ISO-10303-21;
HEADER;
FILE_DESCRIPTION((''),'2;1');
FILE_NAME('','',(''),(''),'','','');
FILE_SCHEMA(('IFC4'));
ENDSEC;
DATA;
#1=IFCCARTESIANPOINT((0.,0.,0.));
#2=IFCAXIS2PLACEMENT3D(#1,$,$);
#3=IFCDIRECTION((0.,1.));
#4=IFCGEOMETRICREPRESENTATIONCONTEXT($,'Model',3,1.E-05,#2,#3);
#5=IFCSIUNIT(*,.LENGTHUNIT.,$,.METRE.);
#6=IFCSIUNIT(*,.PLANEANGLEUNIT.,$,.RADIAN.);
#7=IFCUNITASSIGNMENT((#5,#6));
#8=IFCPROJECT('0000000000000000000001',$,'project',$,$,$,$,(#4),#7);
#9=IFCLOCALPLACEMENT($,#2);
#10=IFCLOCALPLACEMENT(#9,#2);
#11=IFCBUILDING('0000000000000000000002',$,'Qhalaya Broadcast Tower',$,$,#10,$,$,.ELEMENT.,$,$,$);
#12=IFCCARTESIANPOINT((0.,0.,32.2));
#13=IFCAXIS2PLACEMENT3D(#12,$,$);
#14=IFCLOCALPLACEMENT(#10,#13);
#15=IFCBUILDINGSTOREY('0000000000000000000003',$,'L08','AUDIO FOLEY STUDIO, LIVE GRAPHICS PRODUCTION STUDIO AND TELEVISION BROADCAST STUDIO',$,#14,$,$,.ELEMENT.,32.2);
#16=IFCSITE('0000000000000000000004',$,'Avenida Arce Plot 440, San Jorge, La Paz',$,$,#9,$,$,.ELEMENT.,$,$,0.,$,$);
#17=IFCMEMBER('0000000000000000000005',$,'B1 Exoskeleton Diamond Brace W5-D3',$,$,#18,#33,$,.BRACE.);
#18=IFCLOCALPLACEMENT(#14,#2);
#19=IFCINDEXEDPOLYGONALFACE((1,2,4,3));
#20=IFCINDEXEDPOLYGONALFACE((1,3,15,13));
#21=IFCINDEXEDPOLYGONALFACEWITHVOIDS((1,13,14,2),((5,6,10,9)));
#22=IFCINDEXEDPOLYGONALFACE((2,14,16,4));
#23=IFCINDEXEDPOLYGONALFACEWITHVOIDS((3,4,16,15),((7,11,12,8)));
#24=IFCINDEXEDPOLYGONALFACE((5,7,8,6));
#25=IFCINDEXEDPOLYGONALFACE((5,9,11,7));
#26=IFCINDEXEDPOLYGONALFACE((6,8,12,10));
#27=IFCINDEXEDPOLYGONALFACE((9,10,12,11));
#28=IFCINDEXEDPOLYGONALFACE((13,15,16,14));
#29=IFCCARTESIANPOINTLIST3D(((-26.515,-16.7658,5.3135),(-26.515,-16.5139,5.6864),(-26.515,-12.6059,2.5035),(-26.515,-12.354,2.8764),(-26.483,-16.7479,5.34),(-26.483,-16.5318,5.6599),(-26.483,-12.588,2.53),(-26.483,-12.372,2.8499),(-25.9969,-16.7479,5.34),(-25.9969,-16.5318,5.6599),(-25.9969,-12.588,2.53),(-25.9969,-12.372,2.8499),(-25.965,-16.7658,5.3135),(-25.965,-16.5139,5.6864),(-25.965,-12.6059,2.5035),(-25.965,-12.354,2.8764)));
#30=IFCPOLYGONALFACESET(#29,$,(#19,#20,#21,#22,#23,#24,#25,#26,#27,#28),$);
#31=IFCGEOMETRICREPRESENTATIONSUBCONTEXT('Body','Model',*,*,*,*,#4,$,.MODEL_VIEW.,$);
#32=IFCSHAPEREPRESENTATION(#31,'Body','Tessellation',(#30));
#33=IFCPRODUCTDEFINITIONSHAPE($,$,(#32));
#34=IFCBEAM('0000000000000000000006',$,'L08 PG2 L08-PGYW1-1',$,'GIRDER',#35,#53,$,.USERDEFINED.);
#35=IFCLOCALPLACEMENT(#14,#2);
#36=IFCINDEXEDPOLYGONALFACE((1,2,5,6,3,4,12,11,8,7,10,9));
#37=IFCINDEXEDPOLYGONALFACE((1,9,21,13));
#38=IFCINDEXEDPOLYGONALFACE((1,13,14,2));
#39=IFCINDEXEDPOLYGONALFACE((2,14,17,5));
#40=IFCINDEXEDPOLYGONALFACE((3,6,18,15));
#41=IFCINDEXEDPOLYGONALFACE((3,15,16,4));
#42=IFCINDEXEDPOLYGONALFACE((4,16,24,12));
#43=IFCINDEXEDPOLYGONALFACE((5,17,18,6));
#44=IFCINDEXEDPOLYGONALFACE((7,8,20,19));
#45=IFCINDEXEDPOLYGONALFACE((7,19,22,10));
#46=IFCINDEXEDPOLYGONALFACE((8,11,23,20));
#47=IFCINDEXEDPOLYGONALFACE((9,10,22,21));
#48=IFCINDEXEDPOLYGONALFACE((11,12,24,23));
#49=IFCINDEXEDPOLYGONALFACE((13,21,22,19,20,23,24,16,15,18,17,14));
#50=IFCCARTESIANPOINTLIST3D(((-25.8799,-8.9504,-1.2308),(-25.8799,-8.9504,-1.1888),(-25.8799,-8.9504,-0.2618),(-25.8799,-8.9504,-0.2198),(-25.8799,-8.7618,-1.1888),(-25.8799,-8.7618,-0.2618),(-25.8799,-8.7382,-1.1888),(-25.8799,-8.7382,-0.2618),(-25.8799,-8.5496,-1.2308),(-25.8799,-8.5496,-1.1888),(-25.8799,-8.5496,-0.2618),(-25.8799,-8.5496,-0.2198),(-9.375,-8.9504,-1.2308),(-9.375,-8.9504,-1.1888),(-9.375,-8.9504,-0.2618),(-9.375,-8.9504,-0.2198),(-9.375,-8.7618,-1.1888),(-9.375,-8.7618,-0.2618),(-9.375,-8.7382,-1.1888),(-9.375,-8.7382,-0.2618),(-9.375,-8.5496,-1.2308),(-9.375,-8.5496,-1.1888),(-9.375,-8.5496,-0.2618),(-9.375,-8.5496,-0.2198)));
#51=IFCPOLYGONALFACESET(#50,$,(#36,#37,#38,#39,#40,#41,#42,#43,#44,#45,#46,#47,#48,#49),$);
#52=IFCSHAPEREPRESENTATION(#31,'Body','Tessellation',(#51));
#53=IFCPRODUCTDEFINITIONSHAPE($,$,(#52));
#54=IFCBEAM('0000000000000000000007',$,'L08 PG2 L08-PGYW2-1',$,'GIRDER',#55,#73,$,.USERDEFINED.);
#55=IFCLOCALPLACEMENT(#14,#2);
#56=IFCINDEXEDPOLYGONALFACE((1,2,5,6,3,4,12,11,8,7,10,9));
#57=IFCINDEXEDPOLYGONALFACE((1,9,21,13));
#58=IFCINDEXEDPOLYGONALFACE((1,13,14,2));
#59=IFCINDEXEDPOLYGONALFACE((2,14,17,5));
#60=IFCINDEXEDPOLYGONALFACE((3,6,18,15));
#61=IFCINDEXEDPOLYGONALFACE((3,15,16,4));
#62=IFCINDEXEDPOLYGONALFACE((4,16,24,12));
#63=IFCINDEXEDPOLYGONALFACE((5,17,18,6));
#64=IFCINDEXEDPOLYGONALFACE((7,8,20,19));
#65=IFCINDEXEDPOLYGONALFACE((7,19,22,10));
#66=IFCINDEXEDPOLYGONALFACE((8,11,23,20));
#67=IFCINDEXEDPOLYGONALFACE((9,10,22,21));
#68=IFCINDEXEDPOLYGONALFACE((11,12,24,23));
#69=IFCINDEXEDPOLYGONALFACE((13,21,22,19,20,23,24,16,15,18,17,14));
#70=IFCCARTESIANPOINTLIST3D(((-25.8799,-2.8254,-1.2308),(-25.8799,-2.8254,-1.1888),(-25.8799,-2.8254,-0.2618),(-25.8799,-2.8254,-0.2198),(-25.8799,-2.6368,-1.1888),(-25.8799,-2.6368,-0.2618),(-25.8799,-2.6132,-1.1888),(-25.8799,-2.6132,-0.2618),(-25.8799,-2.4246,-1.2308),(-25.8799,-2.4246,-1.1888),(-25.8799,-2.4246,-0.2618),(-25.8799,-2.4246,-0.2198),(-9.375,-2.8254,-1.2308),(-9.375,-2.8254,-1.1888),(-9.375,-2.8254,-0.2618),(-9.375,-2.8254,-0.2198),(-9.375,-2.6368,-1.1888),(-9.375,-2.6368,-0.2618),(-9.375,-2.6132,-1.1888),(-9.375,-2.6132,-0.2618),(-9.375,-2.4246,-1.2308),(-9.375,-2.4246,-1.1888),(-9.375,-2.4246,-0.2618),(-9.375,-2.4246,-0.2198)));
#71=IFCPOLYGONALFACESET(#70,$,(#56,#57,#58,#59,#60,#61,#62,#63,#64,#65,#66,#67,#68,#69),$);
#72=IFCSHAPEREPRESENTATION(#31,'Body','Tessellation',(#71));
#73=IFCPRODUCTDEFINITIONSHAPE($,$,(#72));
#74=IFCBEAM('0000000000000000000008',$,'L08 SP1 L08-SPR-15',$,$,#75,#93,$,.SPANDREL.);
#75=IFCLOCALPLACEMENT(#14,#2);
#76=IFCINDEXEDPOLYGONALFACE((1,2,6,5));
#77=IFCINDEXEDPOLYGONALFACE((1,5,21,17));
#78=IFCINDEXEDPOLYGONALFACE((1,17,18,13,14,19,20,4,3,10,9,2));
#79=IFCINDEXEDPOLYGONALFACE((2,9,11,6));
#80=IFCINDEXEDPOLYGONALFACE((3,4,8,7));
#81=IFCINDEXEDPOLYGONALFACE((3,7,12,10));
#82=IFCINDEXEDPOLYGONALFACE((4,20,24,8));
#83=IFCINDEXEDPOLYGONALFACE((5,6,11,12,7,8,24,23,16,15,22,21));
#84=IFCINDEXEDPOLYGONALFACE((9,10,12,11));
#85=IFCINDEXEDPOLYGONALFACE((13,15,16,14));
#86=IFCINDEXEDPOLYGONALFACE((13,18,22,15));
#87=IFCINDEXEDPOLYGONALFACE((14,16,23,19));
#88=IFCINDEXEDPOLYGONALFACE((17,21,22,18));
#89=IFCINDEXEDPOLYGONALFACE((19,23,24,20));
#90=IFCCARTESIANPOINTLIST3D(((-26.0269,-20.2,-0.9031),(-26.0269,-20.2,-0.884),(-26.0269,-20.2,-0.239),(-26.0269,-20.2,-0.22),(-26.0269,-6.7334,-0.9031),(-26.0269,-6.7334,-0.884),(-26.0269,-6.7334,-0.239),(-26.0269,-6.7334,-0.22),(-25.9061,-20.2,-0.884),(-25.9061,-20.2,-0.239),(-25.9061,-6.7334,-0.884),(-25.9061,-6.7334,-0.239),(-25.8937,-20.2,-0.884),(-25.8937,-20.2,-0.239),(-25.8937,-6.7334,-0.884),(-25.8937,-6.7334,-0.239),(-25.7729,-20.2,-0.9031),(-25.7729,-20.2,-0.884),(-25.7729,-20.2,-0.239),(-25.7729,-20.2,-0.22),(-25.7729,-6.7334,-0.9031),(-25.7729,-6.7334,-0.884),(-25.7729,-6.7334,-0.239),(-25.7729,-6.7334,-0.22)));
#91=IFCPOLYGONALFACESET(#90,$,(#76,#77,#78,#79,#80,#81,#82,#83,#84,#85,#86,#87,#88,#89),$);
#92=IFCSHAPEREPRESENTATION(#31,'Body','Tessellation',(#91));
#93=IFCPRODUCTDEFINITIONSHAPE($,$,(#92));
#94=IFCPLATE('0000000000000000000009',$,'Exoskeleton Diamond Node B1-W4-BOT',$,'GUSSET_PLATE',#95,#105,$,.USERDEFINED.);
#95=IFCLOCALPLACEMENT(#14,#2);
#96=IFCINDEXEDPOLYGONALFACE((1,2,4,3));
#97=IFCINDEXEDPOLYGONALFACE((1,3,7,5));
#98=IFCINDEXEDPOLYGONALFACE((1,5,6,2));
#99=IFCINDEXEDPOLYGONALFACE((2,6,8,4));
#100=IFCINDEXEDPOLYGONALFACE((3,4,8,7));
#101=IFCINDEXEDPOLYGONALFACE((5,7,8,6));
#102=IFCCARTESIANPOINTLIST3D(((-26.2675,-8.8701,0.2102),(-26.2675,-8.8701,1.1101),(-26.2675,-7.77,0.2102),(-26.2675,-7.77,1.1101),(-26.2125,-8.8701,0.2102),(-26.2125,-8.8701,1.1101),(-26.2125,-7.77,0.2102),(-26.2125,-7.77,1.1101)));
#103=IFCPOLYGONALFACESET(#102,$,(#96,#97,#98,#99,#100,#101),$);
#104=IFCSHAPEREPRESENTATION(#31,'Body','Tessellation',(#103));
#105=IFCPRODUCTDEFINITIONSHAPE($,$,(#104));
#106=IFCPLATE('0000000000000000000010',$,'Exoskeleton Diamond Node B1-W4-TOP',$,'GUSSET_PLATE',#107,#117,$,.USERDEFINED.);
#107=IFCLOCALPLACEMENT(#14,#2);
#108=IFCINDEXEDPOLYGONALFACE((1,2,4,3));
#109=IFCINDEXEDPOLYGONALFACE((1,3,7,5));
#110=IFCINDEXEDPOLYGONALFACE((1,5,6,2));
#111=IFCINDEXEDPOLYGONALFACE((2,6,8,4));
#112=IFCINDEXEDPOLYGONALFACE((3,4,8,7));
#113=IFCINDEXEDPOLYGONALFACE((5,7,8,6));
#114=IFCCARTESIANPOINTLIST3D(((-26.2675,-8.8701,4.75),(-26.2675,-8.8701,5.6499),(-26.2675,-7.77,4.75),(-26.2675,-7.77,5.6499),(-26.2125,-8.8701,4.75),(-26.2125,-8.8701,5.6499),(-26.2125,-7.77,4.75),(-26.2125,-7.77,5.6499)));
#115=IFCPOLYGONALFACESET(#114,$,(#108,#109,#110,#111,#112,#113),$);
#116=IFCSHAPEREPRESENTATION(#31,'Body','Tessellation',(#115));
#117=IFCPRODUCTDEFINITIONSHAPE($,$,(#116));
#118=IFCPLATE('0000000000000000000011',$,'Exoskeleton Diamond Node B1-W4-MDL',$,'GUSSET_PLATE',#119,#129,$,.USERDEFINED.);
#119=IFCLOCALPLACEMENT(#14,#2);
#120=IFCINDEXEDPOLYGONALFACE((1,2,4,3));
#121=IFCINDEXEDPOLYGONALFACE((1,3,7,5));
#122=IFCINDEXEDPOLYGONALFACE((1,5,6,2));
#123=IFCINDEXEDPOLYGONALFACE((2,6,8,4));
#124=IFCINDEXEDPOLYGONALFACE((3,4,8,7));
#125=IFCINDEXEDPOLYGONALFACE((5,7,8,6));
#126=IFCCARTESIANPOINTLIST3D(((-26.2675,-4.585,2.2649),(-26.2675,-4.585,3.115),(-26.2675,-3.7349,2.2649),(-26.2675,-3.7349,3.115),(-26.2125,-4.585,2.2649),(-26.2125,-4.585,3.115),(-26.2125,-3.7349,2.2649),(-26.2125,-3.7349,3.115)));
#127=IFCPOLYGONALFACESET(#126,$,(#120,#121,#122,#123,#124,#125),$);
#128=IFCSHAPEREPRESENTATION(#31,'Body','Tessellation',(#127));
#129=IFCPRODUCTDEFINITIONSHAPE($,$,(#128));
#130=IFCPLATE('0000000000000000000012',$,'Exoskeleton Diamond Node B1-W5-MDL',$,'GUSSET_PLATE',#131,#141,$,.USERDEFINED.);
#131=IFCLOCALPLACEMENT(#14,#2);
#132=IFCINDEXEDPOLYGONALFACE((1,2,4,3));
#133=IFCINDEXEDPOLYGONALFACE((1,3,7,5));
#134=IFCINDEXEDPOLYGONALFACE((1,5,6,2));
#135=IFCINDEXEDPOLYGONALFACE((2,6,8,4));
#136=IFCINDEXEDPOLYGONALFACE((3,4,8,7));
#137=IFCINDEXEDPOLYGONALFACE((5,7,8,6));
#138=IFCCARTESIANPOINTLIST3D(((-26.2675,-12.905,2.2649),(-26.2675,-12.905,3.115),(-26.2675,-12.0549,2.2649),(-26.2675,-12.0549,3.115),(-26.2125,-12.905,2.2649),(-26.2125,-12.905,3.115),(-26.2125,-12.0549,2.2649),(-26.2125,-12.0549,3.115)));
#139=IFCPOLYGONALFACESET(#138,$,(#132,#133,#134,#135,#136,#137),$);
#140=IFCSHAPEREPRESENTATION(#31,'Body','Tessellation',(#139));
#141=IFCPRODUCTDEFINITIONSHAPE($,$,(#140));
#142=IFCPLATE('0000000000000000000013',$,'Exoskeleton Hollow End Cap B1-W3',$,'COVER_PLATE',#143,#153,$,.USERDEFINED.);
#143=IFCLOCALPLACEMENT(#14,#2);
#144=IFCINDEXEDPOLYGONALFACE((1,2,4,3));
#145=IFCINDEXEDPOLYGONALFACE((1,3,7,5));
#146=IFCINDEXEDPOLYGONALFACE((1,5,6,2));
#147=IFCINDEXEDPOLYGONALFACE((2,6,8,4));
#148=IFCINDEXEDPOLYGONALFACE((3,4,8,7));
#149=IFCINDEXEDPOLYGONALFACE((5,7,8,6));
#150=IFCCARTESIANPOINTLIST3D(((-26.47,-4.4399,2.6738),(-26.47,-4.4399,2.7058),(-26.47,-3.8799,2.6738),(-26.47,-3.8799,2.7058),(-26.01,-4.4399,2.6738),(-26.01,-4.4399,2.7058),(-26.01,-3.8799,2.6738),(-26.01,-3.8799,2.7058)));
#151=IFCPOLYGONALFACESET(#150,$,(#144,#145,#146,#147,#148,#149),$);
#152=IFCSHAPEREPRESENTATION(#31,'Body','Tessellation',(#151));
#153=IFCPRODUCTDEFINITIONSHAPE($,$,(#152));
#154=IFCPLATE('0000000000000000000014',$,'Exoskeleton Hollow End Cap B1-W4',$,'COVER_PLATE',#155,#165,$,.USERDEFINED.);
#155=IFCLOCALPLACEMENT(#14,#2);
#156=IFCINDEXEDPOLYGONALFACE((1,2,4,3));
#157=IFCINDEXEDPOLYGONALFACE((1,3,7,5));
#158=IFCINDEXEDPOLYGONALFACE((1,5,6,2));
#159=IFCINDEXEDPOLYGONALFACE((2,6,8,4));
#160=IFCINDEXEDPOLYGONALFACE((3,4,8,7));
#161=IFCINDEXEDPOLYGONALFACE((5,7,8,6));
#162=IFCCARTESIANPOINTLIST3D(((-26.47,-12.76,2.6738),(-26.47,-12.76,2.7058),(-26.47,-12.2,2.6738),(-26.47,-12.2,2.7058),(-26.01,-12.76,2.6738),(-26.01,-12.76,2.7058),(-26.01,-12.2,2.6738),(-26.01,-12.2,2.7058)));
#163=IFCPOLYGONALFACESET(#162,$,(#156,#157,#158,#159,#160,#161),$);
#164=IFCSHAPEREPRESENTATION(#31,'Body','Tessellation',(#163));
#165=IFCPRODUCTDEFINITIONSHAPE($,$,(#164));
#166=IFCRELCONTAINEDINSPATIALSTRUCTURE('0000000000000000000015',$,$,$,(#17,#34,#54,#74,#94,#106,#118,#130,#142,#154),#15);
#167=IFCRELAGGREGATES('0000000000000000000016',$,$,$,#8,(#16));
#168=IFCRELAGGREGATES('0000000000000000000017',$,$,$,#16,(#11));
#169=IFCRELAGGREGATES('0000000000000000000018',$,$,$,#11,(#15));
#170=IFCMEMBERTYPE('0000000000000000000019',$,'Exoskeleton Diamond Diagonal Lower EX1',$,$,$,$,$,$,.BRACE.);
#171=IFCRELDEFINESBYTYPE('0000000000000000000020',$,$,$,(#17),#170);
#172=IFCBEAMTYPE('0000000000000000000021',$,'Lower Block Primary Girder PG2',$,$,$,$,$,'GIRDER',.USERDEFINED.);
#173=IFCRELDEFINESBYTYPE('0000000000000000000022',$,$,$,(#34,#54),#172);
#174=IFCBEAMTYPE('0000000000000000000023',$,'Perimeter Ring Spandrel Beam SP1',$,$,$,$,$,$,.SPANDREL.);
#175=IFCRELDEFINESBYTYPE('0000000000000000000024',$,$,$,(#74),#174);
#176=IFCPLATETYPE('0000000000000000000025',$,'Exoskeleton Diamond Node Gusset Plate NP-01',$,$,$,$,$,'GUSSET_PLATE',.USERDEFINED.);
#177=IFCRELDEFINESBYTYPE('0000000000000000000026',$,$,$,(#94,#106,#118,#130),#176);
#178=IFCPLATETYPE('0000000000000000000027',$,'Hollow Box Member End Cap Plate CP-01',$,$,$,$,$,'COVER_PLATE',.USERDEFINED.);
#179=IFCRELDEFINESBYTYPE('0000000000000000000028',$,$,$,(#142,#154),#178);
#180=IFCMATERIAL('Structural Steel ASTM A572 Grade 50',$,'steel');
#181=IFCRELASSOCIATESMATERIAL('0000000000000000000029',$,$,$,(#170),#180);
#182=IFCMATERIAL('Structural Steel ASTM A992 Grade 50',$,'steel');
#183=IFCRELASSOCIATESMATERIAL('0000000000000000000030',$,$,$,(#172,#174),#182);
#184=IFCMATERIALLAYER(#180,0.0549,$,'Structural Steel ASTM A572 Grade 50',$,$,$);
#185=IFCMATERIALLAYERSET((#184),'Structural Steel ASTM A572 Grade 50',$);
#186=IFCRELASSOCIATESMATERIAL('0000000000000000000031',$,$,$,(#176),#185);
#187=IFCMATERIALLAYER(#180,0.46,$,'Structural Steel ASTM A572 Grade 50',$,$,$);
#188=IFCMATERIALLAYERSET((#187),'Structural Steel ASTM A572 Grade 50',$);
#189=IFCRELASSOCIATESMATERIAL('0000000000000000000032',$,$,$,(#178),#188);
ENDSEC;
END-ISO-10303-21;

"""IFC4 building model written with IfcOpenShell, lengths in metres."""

from ifc_helpers import new_model, si_unit, direction, frame, origin, origin_2d, place, context, subcontext, project, spatial, rectangle, hollow_rectangle, i_section, extrude, material, layer, layer_set, material_profile, profile_set, type_object, element, save


model = new_model("IFC4")

# Units and contexts
model_context = context("Model", 3, precision=1e-05, world=origin(), true_north=direction((0.0, 1.0)))
body_context = subcontext(model_context, "Body", "Model", "MODEL_VIEW")
ifc_project = project(units=[si_unit("LENGTHUNIT", "METRE"), si_unit("PLANEANGLEUNIT", "RADIAN")], contexts=[model_context])

# Site, building, storey
site_placement = place(None, origin())
site = spatial("IfcSite", under=ifc_project, at=site_placement, Name="Avenida Arce Plot 440, San Jorge, La Paz", CompositionType="ELEMENT", RefElevation=0.0)
building_placement = place(site_placement, origin())
building = spatial("IfcBuilding", under=site, at=building_placement, Name="Qhalaya Broadcast Tower", CompositionType="ELEMENT")
storey_placement = place(building_placement, frame((0.0, 0.0, 32.2)))
storey = spatial("IfcBuildingStorey", under=building, at=storey_placement, Name="L08", Description="AUDIO FOLEY STUDIO, LIVE GRAPHICS PRODUCTION STUDIO AND TELEVISION BROADCAST STUDIO", CompositionType="ELEMENT", Elevation=32.2)

# Shared definitions
ifc_material_1 = material(Name="Structural Steel ASTM A992 Grade 50", Category="steel")
ifc_material_2 = material(Name="Structural Steel ASTM A572 Grade 50", Category="steel")

# Member
ifc_material_profile_1 = material_profile(ifc_material_2, hollow_rectangle(XDim=0.45, YDim=0.55, WallThickness=0.032, at=origin_2d()), Name="BOX 450x550x32")
ifc_profile_set_1 = profile_set([ifc_material_profile_1], Name="Structural Steel ASTM A572 Grade 50")
member_type = type_object("IfcMemberType", Name="Exoskeleton Diamond Diagonal Lower EX1", PredefinedType="BRACE", material=ifc_profile_set_1)
for number, where, z_axis, x_axis, name in (
    (1, (-26.24, -12.48, 2.6899), (0.0, -0.828653, 0.559763), (0.0, 0.559763, 0.828653), "B1 Exoskeleton Diamond Brace W5-D3"),
):
    element("IfcMember", number, at=place(storey_placement, frame(where, z_axis=z_axis, x_axis=x_axis)), inside=storey, type_object=member_type, Name=name, PredefinedType="BRACE", context=body_context, shape_type="SweptSolid", body=[
        extrude(hollow_rectangle(XDim=0.45, YDim=0.55, WallThickness=0.032, at=origin_2d()), origin(), (0.0, 0.0, 1.0), 5.02),
    ])

# Beams
ifc_material_profile_2 = material_profile(ifc_material_1, i_section(OverallWidth=0.4009, OverallDepth=1.011, WebThickness=0.0237, FlangeThickness=0.042, at=origin_2d()), Name="W40X297")
ifc_profile_set_2 = profile_set([ifc_material_profile_2], Name="Structural Steel ASTM A992 Grade 50")
beam_type_1 = type_object("IfcBeamType", Name="Lower Block Primary Girder PG2", ElementType="GIRDER", PredefinedType="USERDEFINED", material=ifc_profile_set_2)
for number, where, z_axis, x_axis, name in (
    (2, (-25.8799, -8.75, -0.7253), (1.0, 0.0, 0.0), (0.0, 1.0, 0.0), "L08 PG2 L08-PGYW1-1"),
    (3, (-25.8799, -2.625, -0.7253), (1.0, 0.0, 0.0), (0.0, 1.0, 0.0), "L08 PG2 L08-PGYW2-1"),
):
    element("IfcBeam", number, at=place(storey_placement, frame(where, z_axis=z_axis, x_axis=x_axis)), inside=storey, type_object=beam_type_1, Name=name, ObjectType="GIRDER", PredefinedType="USERDEFINED", context=body_context, shape_type="SweptSolid", body=[
        extrude(i_section(OverallWidth=0.4009, OverallDepth=1.011, WebThickness=0.0237, FlangeThickness=0.042, at=origin_2d()), origin(), (0.0, 0.0, 1.0), 16.5049),
    ])
ifc_material_profile_3 = material_profile(ifc_material_1, i_section(OverallWidth=0.2539, OverallDepth=0.6831, WebThickness=0.0125, FlangeThickness=0.019, at=origin_2d()), Name="W27X94")
ifc_profile_set_3 = profile_set([ifc_material_profile_3], Name="Structural Steel ASTM A992 Grade 50")
beam_type_2 = type_object("IfcBeamType", Name="Perimeter Ring Spandrel Beam SP1", PredefinedType="SPANDREL", material=ifc_profile_set_3)
beam_placement = place(storey_placement, frame((-25.8999, -6.7334, -0.5615), z_axis=(0.0, -1.0, 0.0), x_axis=(1.0, 0.0, 0.0)))
element("IfcBeam", 4, at=beam_placement, inside=storey, type_object=beam_type_2, Name="L08 SP1 L08-SPR-15", PredefinedType="SPANDREL", context=body_context, shape_type="SweptSolid", body=[
    extrude(i_section(OverallWidth=0.2539, OverallDepth=0.6831, WebThickness=0.0125, FlangeThickness=0.019, at=origin_2d()), origin(), (0.0, 0.0, 1.0), 13.4666),
])

# Plates
ifc_layer_1 = layer(ifc_material_2, 0.0549, Name="Structural Steel ASTM A572 Grade 50")
ifc_layer_set_1 = layer_set([ifc_layer_1], Name="Structural Steel ASTM A572 Grade 50")
plate_type_1 = type_object("IfcPlateType", Name="Exoskeleton Diamond Node Gusset Plate NP-01", ElementType="GUSSET_PLATE", PredefinedType="USERDEFINED", material=ifc_layer_set_1)
for number, where, z_axis, x_axis, name in (
    (5, (-26.24, -8.3201, 0.2102), (0.0, 0.0, 1.0), (0.0, 1.0, 0.0), "Exoskeleton Diamond Node B1-W4-BOT"),
    (6, (-26.24, -8.3201, 4.75), (0.0, 0.0, 1.0), (0.0, 1.0, 0.0), "Exoskeleton Diamond Node B1-W4-TOP"),
):
    element("IfcPlate", number, at=place(storey_placement, frame(where, z_axis=z_axis, x_axis=x_axis)), inside=storey, type_object=plate_type_1, Name=name, ObjectType="GUSSET_PLATE", PredefinedType="USERDEFINED", context=body_context, shape_type="SweptSolid", body=[
        extrude(rectangle(XDim=1.1001, YDim=0.0549, at=origin_2d()), origin(), (0.0, 0.0, 1.0), 0.8999),
    ])
for number, where, z_axis, x_axis, name in (
    (7, (-26.24, -4.1599, 2.2649), (0.0, 0.0, 1.0), (0.0, 1.0, 0.0), "Exoskeleton Diamond Node B1-W4-MDL"),
    (8, (-26.24, -12.48, 2.2649), (0.0, 0.0, 1.0), (0.0, 1.0, 0.0), "Exoskeleton Diamond Node B1-W5-MDL"),
):
    element("IfcPlate", number, at=place(storey_placement, frame(where, z_axis=z_axis, x_axis=x_axis)), inside=storey, type_object=plate_type_1, Name=name, ObjectType="GUSSET_PLATE", PredefinedType="USERDEFINED", context=body_context, shape_type="SweptSolid", body=[
        extrude(rectangle(XDim=0.8501, YDim=0.0549, at=origin_2d()), origin(), (0.0, 0.0, 1.0), 0.8501),
    ])
ifc_layer_2 = layer(ifc_material_2, 0.46, Name="Structural Steel ASTM A572 Grade 50")
ifc_layer_set_2 = layer_set([ifc_layer_2], Name="Structural Steel ASTM A572 Grade 50")
plate_type_2 = type_object("IfcPlateType", Name="Hollow Box Member End Cap Plate CP-01", ElementType="COVER_PLATE", PredefinedType="USERDEFINED", material=ifc_layer_set_2)
for number, where, z_axis, x_axis, name in (
    (9, (-26.24, -4.1599, 2.6738), (0.0, 0.0, 1.0), (0.0, 1.0, 0.0), "Exoskeleton Hollow End Cap B1-W3"),
    (10, (-26.24, -12.48, 2.6738), (0.0, 0.0, 1.0), (0.0, 1.0, 0.0), "Exoskeleton Hollow End Cap B1-W4"),
):
    element("IfcPlate", number, at=place(storey_placement, frame(where, z_axis=z_axis, x_axis=x_axis)), inside=storey, type_object=plate_type_2, Name=name, ObjectType="COVER_PLATE", PredefinedType="USERDEFINED", context=body_context, shape_type="SweptSolid", body=[
        extrude(rectangle(XDim=0.5601, YDim=0.46, at=origin_2d()), origin(), (0.0, 0.0, 1.0), 0.032),
    ])

save(model, "model.ifc")
